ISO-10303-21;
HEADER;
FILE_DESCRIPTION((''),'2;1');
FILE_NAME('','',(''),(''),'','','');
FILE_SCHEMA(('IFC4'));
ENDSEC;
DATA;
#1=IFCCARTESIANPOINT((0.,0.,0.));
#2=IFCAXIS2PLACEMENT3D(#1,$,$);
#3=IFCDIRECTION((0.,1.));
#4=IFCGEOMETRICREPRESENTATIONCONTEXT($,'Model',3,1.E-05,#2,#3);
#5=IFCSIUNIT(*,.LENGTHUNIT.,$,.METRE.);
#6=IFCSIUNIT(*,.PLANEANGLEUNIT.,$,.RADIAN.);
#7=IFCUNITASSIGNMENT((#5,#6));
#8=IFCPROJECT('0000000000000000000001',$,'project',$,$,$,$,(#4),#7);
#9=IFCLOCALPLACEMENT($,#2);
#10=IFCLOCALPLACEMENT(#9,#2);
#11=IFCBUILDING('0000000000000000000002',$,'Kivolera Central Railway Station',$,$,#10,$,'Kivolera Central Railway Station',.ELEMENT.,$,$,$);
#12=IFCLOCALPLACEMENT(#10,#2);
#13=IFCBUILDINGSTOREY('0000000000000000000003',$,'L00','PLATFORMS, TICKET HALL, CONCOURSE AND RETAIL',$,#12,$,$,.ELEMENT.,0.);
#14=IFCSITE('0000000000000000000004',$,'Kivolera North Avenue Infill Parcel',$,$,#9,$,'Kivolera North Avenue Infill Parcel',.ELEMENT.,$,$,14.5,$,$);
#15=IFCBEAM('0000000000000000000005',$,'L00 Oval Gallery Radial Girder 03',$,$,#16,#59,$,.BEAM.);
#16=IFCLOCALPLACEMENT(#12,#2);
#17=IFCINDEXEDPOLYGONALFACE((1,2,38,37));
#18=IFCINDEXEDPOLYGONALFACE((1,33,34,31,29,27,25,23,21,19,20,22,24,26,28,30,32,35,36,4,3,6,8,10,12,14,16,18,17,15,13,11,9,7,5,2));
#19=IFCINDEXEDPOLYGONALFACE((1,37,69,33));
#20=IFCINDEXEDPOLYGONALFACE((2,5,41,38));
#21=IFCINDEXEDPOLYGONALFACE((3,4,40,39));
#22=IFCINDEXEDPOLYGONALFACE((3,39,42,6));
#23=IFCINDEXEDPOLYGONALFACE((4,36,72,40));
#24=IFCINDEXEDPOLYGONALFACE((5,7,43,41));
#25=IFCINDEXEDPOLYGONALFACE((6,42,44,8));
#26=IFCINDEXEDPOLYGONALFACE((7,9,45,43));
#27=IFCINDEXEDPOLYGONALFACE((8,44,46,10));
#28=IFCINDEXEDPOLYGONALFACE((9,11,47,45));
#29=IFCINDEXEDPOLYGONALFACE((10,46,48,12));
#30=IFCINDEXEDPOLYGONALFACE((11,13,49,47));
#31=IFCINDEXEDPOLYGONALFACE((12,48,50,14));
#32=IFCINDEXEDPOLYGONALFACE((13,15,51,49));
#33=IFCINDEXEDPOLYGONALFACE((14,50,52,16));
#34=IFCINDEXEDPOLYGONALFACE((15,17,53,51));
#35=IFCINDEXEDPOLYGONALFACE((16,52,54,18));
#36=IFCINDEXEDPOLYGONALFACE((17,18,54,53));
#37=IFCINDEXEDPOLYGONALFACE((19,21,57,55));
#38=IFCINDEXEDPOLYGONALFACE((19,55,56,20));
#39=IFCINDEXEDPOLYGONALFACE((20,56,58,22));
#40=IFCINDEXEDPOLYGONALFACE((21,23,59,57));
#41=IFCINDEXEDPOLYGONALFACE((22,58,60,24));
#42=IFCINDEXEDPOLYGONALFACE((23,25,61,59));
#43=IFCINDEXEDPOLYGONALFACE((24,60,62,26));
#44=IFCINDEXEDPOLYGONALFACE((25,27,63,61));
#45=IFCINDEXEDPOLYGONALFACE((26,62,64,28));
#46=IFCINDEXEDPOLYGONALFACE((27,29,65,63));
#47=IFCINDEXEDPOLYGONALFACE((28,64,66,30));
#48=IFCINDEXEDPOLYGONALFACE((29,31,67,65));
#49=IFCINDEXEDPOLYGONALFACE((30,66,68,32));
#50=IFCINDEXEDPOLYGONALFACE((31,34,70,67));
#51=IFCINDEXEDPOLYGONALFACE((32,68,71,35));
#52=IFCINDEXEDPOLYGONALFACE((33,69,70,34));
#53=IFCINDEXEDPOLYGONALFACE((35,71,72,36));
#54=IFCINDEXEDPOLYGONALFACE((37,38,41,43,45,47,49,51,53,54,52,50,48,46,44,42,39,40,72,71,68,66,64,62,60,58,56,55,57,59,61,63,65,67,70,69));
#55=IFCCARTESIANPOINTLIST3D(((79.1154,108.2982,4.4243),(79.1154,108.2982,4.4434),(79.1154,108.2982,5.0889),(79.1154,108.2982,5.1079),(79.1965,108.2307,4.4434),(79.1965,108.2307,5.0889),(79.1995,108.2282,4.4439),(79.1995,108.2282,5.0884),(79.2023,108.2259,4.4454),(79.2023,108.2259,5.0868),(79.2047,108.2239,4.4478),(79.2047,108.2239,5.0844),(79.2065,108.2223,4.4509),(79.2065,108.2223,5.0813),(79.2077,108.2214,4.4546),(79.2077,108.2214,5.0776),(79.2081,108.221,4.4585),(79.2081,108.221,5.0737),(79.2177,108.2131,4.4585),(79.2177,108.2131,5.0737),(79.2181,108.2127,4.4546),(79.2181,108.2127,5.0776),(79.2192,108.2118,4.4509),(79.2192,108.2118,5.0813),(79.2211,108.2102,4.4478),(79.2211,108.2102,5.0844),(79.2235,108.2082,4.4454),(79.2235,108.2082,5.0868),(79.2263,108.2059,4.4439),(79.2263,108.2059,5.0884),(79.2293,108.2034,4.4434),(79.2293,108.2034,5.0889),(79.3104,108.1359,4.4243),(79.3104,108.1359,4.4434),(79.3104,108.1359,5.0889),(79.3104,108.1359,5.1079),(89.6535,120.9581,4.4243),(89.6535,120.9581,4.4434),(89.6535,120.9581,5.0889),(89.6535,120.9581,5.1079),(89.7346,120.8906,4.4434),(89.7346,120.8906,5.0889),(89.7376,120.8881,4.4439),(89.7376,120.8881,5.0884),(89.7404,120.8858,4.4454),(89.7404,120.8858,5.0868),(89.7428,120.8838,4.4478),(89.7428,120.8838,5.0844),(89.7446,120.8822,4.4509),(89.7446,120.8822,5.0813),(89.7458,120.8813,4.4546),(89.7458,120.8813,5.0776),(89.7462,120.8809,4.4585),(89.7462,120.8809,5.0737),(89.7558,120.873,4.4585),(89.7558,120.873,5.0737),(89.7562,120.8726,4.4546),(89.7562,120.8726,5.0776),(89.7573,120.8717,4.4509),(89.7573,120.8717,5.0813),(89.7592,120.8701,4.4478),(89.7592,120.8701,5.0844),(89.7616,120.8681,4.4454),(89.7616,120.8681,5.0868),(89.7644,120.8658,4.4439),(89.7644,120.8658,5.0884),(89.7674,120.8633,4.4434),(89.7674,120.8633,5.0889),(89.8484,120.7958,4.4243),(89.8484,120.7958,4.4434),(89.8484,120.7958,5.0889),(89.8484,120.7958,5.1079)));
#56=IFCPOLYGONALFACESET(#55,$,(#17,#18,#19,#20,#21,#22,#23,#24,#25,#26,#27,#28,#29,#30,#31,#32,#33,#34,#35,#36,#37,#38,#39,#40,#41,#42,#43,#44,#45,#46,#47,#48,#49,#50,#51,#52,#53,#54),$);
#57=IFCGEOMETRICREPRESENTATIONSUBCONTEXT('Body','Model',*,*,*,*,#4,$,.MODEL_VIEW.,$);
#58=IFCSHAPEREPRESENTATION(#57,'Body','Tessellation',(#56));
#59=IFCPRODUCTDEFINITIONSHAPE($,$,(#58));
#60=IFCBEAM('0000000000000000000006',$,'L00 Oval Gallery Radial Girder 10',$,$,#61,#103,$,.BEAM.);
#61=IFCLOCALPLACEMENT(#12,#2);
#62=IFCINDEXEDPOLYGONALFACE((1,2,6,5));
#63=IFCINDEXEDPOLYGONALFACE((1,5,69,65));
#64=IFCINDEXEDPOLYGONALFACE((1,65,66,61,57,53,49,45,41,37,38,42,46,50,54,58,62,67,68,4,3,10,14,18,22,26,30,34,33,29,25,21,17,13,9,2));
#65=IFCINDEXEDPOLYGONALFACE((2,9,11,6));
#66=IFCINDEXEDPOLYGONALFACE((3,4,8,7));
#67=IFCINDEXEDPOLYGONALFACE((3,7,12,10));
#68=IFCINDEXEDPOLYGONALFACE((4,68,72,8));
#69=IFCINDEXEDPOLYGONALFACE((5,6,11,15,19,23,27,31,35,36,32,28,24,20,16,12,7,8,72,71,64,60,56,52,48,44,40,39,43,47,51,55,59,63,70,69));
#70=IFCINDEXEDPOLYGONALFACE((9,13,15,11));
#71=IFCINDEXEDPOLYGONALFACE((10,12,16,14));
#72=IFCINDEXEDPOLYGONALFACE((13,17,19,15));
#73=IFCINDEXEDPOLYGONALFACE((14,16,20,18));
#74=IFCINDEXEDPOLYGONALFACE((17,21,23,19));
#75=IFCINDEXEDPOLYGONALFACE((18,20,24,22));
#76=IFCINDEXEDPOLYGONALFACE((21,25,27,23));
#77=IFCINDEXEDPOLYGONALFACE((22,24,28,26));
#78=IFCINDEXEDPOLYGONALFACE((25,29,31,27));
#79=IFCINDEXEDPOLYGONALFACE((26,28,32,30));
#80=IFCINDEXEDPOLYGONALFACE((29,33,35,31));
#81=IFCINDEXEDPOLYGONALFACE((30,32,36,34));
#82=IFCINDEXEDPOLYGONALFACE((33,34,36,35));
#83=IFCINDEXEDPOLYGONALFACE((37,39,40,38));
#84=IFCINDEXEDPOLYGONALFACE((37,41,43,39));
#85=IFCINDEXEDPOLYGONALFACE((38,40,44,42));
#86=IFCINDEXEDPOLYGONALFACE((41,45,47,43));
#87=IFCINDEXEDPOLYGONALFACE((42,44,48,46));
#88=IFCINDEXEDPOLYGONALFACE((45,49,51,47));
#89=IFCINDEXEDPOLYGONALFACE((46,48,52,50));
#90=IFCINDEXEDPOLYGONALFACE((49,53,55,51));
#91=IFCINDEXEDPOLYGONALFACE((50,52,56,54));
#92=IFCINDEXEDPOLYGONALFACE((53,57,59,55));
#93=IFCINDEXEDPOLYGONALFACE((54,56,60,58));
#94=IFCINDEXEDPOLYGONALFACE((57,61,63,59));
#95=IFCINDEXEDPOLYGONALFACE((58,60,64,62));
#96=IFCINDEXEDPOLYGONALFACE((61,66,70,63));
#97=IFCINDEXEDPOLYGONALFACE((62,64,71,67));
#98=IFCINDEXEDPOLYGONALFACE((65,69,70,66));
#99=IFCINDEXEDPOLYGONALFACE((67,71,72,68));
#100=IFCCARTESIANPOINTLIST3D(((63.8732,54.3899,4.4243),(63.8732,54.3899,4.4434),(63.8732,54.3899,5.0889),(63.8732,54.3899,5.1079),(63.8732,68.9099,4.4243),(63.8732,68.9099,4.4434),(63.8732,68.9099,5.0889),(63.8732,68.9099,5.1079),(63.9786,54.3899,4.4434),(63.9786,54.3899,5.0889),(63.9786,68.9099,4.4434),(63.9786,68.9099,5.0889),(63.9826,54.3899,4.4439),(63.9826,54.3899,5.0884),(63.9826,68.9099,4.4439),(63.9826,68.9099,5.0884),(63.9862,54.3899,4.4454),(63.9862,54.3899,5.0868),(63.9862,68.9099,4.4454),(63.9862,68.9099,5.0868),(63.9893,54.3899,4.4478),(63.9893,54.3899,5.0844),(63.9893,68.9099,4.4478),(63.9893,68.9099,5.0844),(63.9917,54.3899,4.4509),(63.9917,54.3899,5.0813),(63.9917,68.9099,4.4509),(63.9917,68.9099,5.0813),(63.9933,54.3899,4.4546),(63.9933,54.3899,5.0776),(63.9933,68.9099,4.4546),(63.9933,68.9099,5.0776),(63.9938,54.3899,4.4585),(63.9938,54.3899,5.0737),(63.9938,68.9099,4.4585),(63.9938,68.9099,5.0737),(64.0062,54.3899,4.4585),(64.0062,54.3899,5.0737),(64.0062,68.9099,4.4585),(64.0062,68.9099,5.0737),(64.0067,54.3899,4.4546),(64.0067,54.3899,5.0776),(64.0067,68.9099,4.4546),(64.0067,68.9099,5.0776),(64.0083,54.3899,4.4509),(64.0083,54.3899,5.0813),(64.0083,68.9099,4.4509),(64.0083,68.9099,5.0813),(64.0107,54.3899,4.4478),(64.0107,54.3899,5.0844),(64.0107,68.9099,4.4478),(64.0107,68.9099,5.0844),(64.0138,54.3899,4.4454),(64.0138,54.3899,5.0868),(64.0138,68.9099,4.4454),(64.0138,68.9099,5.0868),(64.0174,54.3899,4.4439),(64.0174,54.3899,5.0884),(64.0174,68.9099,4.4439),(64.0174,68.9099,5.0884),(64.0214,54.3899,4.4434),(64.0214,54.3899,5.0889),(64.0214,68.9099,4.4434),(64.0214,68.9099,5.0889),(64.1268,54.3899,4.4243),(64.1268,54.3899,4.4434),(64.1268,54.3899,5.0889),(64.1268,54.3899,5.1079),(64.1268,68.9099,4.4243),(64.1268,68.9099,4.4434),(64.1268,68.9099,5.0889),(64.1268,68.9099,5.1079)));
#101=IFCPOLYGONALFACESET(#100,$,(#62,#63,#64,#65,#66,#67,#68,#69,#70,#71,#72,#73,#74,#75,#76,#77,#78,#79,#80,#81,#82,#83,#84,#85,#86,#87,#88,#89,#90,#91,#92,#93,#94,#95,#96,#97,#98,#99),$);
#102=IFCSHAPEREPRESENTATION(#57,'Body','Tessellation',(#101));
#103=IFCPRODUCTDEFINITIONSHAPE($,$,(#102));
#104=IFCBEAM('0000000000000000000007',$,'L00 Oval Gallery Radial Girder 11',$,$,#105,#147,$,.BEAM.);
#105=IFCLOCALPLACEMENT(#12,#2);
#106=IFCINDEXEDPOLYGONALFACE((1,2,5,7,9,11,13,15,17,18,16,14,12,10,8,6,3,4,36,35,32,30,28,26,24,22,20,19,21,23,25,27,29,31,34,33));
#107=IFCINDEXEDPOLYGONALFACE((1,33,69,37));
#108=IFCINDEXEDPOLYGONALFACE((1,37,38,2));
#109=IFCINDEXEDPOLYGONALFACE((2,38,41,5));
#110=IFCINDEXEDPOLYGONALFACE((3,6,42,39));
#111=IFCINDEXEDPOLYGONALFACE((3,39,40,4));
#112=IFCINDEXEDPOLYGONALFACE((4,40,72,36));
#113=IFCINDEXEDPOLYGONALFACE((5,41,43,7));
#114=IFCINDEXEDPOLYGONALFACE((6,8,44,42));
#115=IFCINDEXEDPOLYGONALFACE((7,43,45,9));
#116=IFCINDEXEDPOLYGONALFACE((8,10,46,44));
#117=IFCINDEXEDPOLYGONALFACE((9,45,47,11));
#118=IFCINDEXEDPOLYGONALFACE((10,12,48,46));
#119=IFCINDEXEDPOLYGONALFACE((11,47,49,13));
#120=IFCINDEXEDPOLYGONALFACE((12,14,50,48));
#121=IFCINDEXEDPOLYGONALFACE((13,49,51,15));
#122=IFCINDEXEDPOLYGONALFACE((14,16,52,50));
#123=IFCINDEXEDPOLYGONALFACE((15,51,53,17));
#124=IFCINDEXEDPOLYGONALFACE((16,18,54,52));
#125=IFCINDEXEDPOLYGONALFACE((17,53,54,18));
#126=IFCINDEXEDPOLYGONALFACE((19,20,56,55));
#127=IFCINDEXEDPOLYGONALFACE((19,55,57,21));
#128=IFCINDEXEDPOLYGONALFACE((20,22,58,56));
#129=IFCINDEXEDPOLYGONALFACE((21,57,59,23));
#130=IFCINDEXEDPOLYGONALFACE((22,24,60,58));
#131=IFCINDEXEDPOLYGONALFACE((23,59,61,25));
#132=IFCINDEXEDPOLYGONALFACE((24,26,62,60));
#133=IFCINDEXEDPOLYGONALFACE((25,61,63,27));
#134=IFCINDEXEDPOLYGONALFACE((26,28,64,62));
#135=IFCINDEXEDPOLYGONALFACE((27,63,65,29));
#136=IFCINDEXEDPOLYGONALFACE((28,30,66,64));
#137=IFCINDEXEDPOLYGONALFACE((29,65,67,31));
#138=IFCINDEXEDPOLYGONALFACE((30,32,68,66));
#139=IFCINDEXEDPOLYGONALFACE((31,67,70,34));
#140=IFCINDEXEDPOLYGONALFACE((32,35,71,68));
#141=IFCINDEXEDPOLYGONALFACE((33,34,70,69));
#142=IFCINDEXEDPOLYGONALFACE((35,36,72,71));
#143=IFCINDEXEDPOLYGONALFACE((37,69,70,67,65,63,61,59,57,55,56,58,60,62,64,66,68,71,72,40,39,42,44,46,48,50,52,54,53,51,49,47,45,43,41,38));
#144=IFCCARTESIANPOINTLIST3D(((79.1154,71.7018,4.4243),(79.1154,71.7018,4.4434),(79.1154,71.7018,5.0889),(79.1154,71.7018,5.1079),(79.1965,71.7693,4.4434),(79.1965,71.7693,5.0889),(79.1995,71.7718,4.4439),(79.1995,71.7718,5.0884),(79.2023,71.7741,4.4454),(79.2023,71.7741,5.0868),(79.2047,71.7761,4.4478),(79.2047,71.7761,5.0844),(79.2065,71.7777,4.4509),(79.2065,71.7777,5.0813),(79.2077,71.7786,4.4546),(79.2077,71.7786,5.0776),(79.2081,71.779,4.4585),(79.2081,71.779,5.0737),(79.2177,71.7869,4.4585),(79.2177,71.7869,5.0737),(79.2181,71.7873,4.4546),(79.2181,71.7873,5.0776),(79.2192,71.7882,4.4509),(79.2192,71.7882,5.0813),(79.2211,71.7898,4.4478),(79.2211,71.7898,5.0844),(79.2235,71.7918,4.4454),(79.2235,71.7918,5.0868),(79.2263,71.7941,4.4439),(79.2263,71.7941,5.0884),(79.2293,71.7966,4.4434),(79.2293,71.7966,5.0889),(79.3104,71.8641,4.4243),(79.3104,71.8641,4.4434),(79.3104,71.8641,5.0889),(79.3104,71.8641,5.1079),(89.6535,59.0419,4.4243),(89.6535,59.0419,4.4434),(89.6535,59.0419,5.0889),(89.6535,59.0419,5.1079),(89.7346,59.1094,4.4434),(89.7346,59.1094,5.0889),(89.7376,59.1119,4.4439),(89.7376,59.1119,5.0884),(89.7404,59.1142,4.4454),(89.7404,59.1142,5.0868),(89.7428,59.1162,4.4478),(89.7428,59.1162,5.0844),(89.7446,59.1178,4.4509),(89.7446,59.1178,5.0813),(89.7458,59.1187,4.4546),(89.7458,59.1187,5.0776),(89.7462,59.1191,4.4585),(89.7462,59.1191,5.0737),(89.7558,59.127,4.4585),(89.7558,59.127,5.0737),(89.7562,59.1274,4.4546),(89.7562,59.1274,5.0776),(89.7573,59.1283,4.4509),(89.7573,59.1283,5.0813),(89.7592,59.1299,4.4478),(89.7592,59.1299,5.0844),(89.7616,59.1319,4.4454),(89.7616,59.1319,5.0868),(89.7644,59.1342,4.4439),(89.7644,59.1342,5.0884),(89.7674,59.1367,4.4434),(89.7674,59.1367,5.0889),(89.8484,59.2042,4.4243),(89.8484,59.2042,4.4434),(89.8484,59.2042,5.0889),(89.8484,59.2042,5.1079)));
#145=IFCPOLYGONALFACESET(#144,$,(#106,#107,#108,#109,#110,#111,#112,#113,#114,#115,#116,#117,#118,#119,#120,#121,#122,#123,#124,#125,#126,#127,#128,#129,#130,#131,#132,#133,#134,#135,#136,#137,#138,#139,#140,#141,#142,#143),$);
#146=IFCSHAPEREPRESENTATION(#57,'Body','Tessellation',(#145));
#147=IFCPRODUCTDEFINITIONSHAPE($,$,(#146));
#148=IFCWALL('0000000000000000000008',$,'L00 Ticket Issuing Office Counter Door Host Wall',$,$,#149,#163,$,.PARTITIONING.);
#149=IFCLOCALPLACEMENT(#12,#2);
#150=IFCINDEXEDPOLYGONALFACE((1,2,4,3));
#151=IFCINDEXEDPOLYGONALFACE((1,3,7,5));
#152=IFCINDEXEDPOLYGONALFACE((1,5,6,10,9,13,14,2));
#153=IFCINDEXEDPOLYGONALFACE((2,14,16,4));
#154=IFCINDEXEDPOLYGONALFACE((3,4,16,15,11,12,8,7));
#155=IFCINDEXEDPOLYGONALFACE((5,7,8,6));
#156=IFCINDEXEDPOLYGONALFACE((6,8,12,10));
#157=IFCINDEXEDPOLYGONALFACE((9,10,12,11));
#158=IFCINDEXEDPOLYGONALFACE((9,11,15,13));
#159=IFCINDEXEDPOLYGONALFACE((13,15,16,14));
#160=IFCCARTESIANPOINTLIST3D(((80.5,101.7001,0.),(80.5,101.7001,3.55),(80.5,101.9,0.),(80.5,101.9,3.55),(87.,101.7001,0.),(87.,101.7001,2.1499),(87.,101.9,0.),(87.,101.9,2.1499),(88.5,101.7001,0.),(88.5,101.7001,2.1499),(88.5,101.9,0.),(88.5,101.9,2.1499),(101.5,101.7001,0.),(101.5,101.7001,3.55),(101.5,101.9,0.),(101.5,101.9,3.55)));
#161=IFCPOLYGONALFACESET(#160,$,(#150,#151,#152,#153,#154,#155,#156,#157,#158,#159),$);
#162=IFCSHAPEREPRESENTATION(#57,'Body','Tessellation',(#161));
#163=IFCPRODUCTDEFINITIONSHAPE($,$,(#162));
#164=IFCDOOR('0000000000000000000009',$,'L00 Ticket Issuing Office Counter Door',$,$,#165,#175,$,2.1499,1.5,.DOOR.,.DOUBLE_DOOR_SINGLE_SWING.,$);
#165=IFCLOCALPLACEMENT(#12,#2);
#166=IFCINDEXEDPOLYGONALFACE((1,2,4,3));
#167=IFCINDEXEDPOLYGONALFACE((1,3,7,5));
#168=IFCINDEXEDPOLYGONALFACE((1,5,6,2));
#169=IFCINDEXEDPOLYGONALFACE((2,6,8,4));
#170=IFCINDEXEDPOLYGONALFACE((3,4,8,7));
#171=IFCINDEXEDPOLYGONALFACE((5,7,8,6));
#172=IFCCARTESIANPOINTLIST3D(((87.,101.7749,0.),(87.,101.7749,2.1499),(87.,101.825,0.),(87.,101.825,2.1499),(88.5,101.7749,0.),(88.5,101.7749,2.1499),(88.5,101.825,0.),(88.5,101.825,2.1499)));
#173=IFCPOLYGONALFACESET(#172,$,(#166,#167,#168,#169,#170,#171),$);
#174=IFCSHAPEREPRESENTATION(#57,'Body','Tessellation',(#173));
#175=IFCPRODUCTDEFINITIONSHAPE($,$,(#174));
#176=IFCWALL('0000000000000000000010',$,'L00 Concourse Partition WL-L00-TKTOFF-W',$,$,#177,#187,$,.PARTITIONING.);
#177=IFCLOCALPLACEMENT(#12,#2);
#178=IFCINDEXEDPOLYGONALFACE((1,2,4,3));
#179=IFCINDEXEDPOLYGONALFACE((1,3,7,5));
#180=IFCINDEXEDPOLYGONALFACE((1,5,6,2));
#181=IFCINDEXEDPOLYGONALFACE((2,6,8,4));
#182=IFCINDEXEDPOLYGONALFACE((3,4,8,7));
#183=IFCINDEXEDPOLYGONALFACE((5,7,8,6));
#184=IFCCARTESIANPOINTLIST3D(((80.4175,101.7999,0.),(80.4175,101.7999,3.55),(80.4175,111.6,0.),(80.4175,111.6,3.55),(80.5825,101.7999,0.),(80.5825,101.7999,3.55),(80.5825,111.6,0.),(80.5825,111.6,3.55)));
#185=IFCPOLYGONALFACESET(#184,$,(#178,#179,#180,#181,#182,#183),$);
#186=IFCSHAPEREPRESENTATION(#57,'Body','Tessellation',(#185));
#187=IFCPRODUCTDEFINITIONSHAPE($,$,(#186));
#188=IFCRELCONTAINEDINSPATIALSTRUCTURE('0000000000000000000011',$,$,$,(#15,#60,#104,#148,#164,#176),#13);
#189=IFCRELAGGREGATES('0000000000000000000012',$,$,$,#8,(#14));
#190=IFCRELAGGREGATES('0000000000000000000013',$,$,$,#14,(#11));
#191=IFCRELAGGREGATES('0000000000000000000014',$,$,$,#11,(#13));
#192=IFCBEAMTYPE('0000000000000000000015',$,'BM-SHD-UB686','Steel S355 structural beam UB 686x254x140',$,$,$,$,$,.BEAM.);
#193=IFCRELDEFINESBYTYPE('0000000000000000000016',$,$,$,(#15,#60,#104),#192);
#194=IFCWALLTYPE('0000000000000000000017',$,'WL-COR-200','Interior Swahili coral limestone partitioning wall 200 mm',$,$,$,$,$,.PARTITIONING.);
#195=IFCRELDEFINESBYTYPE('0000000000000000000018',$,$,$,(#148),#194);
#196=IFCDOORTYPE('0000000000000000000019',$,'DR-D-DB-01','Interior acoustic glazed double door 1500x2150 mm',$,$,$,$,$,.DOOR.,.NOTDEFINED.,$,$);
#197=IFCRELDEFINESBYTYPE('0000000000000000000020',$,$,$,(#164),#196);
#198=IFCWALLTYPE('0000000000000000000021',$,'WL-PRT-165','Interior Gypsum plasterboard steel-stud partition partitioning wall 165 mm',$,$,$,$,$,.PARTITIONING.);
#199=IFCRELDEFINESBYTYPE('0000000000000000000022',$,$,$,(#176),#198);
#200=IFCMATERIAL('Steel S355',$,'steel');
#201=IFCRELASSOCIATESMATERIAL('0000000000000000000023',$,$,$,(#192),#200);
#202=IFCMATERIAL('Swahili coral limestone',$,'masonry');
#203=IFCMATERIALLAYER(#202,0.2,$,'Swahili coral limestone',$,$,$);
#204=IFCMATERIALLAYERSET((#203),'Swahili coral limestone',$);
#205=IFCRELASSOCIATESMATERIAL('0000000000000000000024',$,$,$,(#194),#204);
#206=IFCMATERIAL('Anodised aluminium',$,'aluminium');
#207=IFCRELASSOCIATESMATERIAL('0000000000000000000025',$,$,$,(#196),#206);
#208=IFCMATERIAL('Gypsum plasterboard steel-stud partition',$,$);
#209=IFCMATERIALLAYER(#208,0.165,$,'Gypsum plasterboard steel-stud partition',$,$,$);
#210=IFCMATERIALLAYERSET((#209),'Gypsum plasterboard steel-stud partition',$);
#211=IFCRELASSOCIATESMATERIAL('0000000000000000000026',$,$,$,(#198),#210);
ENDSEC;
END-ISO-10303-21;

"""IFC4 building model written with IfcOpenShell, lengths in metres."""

from ifc_helpers import new_model, si_unit, direction, frame, frame_2d, origin, origin_2d, place, context, subcontext, project, spatial, rectangle, i_section, extrude, material, layer, layer_set, material_profile, profile_set, type_object, element, fill, save


model = new_model("IFC4")

# Units and contexts
model_context = context("Model", 3, precision=1e-05, world=origin(), true_north=direction((0.0, 1.0)))
body_context = subcontext(model_context, "Body", "Model", "MODEL_VIEW")
ifc_project = project(units=[si_unit("LENGTHUNIT", "METRE"), si_unit("PLANEANGLEUNIT", "RADIAN")], contexts=[model_context])

# Site, building, storey
site_placement = place(None, origin())
site = spatial("IfcSite", under=ifc_project, at=site_placement, Name="Kivolera North Avenue Infill Parcel", LongName="Kivolera North Avenue Infill Parcel", CompositionType="ELEMENT", RefElevation=14.5)
building_placement = place(site_placement, origin())
building = spatial("IfcBuilding", under=site, at=building_placement, Name="Kivolera Central Railway Station", LongName="Kivolera Central Railway Station", CompositionType="ELEMENT")
storey_placement = place(building_placement, origin())
storey = spatial("IfcBuildingStorey", under=building, at=storey_placement, Name="L00", Description="PLATFORMS, TICKET HALL, CONCOURSE AND RETAIL", CompositionType="ELEMENT", Elevation=0.0)

# Beams
ifc_material_1 = material(Name="Steel S355", Category="steel")
ifc_material_profile_1 = material_profile(ifc_material_1, i_section(OverallWidth=0.2537, OverallDepth=0.6836, WebThickness=0.0125, FlangeThickness=0.019, FilletRadius=0.0151, at=origin_2d()), Name="UB 686x254x140")
ifc_profile_set_1 = profile_set([ifc_material_profile_1], Name="Steel S355")
beam_type_1 = type_object("IfcBeamType", Name="BM-SHD-UB686", Description="Steel S355 structural beam UB 686x254x140", PredefinedType="BEAM", material=ifc_profile_set_1)
beam_1_placement = place(storey_placement, frame((79.2129, 108.217, 4.7661), z_axis=(0.63976, 0.768575, 0.0), x_axis=(-0.768575, 0.63976, 0.0)))
element("IfcBeam", 1, at=beam_1_placement, inside=storey, type_object=beam_type_1, Name="L00 Oval Gallery Radial Girder 03", PredefinedType="BEAM", context=body_context, shape_type="SweptSolid", body=[
    extrude(i_section(OverallWidth=0.2537, OverallDepth=0.6836, WebThickness=0.0125, FlangeThickness=0.019, FilletRadius=0.0151, at=origin_2d()), origin(), (0.0, 0.0, 1.0), 16.4719),
])
beam_2_placement = place(storey_placement, frame((64.0, 68.9099, 4.7661), z_axis=(0.0, -1.0, 0.0), x_axis=(1.0, 0.0, 0.0)))
element("IfcBeam", 2, at=beam_2_placement, inside=storey, type_object=beam_type_1, Name="L00 Oval Gallery Radial Girder 10", PredefinedType="BEAM", context=body_context, shape_type="SweptSolid", body=[
    extrude(i_section(OverallWidth=0.2537, OverallDepth=0.6836, WebThickness=0.0125, FlangeThickness=0.019, FilletRadius=0.0151, at=origin_2d()), origin(), (0.0, 0.0, 1.0), 14.52),
])
beam_3_placement = place(storey_placement, frame((79.2129, 71.783, 4.7661), z_axis=(0.63976, -0.768575, 0.0), x_axis=(0.768575, 0.63976, 0.0)))
element("IfcBeam", 3, at=beam_3_placement, inside=storey, type_object=beam_type_1, Name="L00 Oval Gallery Radial Girder 11", PredefinedType="BEAM", context=body_context, shape_type="SweptSolid", body=[
    extrude(i_section(OverallWidth=0.2537, OverallDepth=0.6836, WebThickness=0.0125, FlangeThickness=0.019, FilletRadius=0.0151, at=origin_2d()), origin(), (0.0, 0.0, 1.0), 16.4719),
])

# Wall, opening, door
ifc_material_2 = material(Name="Swahili coral limestone", Category="masonry")
ifc_layer_1 = layer(ifc_material_2, 0.2, Name="Swahili coral limestone")
ifc_layer_set_1 = layer_set([ifc_layer_1], Name="Swahili coral limestone")
wall_type_1 = type_object("IfcWallType", Name="WL-COR-200", Description="Interior Swahili coral limestone partitioning wall 200 mm", PredefinedType="PARTITIONING", material=ifc_layer_set_1)
wall_1_placement = place(storey_placement, frame((80.5, 101.8, 0.0), z_axis=(0.0, 0.0, 1.0), x_axis=(1.0, 0.0, 0.0)))
wall_1 = element("IfcWall", 4, at=wall_1_placement, inside=storey, type_object=wall_type_1, Name="L00 Ticket Issuing Office Counter Door Host Wall", PredefinedType="PARTITIONING", context=body_context, shape_type="SweptSolid", body=[
    extrude(rectangle(XDim=21.0, YDim=0.2, at=frame_2d((10.5, 0.0))), origin(), (0.0, 0.0, 1.0), 3.55),
])
opening_placement = place(wall_1_placement, frame((6.5, 0.0, 0.0)))
opening = element("IfcOpeningElement", 5, at=opening_placement, cuts=wall_1, PredefinedType="OPENING", context=body_context, shape_type="SweptSolid", body=[
    extrude(rectangle(XDim=1.5, YDim=2.1499, at=frame_2d((0.75, 1.075))), frame((0.0, 0.1099, 0.0), z_axis=(0.0, -1.0, 0.0), x_axis=(1.0, 0.0, 0.0)), (0.0, 0.0, 1.0), 0.22),
])
ifc_material_3 = material(Name="Anodised aluminium", Category="aluminium")
door_type = type_object("IfcDoorType", Name="DR-D-DB-01", Description="Interior acoustic glazed double door 1500x2150 mm", OperationType="NOTDEFINED", PredefinedType="DOOR", material=ifc_material_3)
door_placement = place(opening_placement, origin())
door = element("IfcDoor", 6, at=door_placement, inside=storey, type_object=door_type, Name="L00 Ticket Issuing Office Counter Door", OperationType="DOUBLE_DOOR_SINGLE_SWING", OverallHeight=2.1499, OverallWidth=1.5, PredefinedType="DOOR", context=body_context, shape_type="SweptSolid", body=[
    extrude(rectangle(XDim=1.5, YDim=2.1499, at=frame_2d((0.75, 1.075))), frame((0.0, 0.0249, 0.0), z_axis=(0.0, -1.0, 0.0), x_axis=(1.0, 0.0, 0.0)), (0.0, 0.0, 1.0), 0.05),
])
fill(opening, door)

# Wall
ifc_material_4 = material(Name="Gypsum plasterboard steel-stud partition")
ifc_layer_2 = layer(ifc_material_4, 0.165, Name="Gypsum plasterboard steel-stud partition")
ifc_layer_set_2 = layer_set([ifc_layer_2], Name="Gypsum plasterboard steel-stud partition")
wall_type_2 = type_object("IfcWallType", Name="WL-PRT-165", Description="Interior Gypsum plasterboard steel-stud partition partitioning wall 165 mm", PredefinedType="PARTITIONING", material=ifc_layer_set_2)
wall_2_placement = place(storey_placement, frame((80.5, 101.8, 0.0), z_axis=(0.0, 0.0, 1.0), x_axis=(0.0, 1.0, 0.0)))
element("IfcWall", 7, at=wall_2_placement, inside=storey, type_object=wall_type_2, Name="L00 Concourse Partition WL-L00-TKTOFF-W", PredefinedType="PARTITIONING", context=body_context, shape_type="SweptSolid", body=[
    extrude(rectangle(XDim=9.8, YDim=0.165, at=frame_2d((4.8999, 0.0))), origin(), (0.0, 0.0, 1.0), 3.55),
])

save(model, "model.ifc")
